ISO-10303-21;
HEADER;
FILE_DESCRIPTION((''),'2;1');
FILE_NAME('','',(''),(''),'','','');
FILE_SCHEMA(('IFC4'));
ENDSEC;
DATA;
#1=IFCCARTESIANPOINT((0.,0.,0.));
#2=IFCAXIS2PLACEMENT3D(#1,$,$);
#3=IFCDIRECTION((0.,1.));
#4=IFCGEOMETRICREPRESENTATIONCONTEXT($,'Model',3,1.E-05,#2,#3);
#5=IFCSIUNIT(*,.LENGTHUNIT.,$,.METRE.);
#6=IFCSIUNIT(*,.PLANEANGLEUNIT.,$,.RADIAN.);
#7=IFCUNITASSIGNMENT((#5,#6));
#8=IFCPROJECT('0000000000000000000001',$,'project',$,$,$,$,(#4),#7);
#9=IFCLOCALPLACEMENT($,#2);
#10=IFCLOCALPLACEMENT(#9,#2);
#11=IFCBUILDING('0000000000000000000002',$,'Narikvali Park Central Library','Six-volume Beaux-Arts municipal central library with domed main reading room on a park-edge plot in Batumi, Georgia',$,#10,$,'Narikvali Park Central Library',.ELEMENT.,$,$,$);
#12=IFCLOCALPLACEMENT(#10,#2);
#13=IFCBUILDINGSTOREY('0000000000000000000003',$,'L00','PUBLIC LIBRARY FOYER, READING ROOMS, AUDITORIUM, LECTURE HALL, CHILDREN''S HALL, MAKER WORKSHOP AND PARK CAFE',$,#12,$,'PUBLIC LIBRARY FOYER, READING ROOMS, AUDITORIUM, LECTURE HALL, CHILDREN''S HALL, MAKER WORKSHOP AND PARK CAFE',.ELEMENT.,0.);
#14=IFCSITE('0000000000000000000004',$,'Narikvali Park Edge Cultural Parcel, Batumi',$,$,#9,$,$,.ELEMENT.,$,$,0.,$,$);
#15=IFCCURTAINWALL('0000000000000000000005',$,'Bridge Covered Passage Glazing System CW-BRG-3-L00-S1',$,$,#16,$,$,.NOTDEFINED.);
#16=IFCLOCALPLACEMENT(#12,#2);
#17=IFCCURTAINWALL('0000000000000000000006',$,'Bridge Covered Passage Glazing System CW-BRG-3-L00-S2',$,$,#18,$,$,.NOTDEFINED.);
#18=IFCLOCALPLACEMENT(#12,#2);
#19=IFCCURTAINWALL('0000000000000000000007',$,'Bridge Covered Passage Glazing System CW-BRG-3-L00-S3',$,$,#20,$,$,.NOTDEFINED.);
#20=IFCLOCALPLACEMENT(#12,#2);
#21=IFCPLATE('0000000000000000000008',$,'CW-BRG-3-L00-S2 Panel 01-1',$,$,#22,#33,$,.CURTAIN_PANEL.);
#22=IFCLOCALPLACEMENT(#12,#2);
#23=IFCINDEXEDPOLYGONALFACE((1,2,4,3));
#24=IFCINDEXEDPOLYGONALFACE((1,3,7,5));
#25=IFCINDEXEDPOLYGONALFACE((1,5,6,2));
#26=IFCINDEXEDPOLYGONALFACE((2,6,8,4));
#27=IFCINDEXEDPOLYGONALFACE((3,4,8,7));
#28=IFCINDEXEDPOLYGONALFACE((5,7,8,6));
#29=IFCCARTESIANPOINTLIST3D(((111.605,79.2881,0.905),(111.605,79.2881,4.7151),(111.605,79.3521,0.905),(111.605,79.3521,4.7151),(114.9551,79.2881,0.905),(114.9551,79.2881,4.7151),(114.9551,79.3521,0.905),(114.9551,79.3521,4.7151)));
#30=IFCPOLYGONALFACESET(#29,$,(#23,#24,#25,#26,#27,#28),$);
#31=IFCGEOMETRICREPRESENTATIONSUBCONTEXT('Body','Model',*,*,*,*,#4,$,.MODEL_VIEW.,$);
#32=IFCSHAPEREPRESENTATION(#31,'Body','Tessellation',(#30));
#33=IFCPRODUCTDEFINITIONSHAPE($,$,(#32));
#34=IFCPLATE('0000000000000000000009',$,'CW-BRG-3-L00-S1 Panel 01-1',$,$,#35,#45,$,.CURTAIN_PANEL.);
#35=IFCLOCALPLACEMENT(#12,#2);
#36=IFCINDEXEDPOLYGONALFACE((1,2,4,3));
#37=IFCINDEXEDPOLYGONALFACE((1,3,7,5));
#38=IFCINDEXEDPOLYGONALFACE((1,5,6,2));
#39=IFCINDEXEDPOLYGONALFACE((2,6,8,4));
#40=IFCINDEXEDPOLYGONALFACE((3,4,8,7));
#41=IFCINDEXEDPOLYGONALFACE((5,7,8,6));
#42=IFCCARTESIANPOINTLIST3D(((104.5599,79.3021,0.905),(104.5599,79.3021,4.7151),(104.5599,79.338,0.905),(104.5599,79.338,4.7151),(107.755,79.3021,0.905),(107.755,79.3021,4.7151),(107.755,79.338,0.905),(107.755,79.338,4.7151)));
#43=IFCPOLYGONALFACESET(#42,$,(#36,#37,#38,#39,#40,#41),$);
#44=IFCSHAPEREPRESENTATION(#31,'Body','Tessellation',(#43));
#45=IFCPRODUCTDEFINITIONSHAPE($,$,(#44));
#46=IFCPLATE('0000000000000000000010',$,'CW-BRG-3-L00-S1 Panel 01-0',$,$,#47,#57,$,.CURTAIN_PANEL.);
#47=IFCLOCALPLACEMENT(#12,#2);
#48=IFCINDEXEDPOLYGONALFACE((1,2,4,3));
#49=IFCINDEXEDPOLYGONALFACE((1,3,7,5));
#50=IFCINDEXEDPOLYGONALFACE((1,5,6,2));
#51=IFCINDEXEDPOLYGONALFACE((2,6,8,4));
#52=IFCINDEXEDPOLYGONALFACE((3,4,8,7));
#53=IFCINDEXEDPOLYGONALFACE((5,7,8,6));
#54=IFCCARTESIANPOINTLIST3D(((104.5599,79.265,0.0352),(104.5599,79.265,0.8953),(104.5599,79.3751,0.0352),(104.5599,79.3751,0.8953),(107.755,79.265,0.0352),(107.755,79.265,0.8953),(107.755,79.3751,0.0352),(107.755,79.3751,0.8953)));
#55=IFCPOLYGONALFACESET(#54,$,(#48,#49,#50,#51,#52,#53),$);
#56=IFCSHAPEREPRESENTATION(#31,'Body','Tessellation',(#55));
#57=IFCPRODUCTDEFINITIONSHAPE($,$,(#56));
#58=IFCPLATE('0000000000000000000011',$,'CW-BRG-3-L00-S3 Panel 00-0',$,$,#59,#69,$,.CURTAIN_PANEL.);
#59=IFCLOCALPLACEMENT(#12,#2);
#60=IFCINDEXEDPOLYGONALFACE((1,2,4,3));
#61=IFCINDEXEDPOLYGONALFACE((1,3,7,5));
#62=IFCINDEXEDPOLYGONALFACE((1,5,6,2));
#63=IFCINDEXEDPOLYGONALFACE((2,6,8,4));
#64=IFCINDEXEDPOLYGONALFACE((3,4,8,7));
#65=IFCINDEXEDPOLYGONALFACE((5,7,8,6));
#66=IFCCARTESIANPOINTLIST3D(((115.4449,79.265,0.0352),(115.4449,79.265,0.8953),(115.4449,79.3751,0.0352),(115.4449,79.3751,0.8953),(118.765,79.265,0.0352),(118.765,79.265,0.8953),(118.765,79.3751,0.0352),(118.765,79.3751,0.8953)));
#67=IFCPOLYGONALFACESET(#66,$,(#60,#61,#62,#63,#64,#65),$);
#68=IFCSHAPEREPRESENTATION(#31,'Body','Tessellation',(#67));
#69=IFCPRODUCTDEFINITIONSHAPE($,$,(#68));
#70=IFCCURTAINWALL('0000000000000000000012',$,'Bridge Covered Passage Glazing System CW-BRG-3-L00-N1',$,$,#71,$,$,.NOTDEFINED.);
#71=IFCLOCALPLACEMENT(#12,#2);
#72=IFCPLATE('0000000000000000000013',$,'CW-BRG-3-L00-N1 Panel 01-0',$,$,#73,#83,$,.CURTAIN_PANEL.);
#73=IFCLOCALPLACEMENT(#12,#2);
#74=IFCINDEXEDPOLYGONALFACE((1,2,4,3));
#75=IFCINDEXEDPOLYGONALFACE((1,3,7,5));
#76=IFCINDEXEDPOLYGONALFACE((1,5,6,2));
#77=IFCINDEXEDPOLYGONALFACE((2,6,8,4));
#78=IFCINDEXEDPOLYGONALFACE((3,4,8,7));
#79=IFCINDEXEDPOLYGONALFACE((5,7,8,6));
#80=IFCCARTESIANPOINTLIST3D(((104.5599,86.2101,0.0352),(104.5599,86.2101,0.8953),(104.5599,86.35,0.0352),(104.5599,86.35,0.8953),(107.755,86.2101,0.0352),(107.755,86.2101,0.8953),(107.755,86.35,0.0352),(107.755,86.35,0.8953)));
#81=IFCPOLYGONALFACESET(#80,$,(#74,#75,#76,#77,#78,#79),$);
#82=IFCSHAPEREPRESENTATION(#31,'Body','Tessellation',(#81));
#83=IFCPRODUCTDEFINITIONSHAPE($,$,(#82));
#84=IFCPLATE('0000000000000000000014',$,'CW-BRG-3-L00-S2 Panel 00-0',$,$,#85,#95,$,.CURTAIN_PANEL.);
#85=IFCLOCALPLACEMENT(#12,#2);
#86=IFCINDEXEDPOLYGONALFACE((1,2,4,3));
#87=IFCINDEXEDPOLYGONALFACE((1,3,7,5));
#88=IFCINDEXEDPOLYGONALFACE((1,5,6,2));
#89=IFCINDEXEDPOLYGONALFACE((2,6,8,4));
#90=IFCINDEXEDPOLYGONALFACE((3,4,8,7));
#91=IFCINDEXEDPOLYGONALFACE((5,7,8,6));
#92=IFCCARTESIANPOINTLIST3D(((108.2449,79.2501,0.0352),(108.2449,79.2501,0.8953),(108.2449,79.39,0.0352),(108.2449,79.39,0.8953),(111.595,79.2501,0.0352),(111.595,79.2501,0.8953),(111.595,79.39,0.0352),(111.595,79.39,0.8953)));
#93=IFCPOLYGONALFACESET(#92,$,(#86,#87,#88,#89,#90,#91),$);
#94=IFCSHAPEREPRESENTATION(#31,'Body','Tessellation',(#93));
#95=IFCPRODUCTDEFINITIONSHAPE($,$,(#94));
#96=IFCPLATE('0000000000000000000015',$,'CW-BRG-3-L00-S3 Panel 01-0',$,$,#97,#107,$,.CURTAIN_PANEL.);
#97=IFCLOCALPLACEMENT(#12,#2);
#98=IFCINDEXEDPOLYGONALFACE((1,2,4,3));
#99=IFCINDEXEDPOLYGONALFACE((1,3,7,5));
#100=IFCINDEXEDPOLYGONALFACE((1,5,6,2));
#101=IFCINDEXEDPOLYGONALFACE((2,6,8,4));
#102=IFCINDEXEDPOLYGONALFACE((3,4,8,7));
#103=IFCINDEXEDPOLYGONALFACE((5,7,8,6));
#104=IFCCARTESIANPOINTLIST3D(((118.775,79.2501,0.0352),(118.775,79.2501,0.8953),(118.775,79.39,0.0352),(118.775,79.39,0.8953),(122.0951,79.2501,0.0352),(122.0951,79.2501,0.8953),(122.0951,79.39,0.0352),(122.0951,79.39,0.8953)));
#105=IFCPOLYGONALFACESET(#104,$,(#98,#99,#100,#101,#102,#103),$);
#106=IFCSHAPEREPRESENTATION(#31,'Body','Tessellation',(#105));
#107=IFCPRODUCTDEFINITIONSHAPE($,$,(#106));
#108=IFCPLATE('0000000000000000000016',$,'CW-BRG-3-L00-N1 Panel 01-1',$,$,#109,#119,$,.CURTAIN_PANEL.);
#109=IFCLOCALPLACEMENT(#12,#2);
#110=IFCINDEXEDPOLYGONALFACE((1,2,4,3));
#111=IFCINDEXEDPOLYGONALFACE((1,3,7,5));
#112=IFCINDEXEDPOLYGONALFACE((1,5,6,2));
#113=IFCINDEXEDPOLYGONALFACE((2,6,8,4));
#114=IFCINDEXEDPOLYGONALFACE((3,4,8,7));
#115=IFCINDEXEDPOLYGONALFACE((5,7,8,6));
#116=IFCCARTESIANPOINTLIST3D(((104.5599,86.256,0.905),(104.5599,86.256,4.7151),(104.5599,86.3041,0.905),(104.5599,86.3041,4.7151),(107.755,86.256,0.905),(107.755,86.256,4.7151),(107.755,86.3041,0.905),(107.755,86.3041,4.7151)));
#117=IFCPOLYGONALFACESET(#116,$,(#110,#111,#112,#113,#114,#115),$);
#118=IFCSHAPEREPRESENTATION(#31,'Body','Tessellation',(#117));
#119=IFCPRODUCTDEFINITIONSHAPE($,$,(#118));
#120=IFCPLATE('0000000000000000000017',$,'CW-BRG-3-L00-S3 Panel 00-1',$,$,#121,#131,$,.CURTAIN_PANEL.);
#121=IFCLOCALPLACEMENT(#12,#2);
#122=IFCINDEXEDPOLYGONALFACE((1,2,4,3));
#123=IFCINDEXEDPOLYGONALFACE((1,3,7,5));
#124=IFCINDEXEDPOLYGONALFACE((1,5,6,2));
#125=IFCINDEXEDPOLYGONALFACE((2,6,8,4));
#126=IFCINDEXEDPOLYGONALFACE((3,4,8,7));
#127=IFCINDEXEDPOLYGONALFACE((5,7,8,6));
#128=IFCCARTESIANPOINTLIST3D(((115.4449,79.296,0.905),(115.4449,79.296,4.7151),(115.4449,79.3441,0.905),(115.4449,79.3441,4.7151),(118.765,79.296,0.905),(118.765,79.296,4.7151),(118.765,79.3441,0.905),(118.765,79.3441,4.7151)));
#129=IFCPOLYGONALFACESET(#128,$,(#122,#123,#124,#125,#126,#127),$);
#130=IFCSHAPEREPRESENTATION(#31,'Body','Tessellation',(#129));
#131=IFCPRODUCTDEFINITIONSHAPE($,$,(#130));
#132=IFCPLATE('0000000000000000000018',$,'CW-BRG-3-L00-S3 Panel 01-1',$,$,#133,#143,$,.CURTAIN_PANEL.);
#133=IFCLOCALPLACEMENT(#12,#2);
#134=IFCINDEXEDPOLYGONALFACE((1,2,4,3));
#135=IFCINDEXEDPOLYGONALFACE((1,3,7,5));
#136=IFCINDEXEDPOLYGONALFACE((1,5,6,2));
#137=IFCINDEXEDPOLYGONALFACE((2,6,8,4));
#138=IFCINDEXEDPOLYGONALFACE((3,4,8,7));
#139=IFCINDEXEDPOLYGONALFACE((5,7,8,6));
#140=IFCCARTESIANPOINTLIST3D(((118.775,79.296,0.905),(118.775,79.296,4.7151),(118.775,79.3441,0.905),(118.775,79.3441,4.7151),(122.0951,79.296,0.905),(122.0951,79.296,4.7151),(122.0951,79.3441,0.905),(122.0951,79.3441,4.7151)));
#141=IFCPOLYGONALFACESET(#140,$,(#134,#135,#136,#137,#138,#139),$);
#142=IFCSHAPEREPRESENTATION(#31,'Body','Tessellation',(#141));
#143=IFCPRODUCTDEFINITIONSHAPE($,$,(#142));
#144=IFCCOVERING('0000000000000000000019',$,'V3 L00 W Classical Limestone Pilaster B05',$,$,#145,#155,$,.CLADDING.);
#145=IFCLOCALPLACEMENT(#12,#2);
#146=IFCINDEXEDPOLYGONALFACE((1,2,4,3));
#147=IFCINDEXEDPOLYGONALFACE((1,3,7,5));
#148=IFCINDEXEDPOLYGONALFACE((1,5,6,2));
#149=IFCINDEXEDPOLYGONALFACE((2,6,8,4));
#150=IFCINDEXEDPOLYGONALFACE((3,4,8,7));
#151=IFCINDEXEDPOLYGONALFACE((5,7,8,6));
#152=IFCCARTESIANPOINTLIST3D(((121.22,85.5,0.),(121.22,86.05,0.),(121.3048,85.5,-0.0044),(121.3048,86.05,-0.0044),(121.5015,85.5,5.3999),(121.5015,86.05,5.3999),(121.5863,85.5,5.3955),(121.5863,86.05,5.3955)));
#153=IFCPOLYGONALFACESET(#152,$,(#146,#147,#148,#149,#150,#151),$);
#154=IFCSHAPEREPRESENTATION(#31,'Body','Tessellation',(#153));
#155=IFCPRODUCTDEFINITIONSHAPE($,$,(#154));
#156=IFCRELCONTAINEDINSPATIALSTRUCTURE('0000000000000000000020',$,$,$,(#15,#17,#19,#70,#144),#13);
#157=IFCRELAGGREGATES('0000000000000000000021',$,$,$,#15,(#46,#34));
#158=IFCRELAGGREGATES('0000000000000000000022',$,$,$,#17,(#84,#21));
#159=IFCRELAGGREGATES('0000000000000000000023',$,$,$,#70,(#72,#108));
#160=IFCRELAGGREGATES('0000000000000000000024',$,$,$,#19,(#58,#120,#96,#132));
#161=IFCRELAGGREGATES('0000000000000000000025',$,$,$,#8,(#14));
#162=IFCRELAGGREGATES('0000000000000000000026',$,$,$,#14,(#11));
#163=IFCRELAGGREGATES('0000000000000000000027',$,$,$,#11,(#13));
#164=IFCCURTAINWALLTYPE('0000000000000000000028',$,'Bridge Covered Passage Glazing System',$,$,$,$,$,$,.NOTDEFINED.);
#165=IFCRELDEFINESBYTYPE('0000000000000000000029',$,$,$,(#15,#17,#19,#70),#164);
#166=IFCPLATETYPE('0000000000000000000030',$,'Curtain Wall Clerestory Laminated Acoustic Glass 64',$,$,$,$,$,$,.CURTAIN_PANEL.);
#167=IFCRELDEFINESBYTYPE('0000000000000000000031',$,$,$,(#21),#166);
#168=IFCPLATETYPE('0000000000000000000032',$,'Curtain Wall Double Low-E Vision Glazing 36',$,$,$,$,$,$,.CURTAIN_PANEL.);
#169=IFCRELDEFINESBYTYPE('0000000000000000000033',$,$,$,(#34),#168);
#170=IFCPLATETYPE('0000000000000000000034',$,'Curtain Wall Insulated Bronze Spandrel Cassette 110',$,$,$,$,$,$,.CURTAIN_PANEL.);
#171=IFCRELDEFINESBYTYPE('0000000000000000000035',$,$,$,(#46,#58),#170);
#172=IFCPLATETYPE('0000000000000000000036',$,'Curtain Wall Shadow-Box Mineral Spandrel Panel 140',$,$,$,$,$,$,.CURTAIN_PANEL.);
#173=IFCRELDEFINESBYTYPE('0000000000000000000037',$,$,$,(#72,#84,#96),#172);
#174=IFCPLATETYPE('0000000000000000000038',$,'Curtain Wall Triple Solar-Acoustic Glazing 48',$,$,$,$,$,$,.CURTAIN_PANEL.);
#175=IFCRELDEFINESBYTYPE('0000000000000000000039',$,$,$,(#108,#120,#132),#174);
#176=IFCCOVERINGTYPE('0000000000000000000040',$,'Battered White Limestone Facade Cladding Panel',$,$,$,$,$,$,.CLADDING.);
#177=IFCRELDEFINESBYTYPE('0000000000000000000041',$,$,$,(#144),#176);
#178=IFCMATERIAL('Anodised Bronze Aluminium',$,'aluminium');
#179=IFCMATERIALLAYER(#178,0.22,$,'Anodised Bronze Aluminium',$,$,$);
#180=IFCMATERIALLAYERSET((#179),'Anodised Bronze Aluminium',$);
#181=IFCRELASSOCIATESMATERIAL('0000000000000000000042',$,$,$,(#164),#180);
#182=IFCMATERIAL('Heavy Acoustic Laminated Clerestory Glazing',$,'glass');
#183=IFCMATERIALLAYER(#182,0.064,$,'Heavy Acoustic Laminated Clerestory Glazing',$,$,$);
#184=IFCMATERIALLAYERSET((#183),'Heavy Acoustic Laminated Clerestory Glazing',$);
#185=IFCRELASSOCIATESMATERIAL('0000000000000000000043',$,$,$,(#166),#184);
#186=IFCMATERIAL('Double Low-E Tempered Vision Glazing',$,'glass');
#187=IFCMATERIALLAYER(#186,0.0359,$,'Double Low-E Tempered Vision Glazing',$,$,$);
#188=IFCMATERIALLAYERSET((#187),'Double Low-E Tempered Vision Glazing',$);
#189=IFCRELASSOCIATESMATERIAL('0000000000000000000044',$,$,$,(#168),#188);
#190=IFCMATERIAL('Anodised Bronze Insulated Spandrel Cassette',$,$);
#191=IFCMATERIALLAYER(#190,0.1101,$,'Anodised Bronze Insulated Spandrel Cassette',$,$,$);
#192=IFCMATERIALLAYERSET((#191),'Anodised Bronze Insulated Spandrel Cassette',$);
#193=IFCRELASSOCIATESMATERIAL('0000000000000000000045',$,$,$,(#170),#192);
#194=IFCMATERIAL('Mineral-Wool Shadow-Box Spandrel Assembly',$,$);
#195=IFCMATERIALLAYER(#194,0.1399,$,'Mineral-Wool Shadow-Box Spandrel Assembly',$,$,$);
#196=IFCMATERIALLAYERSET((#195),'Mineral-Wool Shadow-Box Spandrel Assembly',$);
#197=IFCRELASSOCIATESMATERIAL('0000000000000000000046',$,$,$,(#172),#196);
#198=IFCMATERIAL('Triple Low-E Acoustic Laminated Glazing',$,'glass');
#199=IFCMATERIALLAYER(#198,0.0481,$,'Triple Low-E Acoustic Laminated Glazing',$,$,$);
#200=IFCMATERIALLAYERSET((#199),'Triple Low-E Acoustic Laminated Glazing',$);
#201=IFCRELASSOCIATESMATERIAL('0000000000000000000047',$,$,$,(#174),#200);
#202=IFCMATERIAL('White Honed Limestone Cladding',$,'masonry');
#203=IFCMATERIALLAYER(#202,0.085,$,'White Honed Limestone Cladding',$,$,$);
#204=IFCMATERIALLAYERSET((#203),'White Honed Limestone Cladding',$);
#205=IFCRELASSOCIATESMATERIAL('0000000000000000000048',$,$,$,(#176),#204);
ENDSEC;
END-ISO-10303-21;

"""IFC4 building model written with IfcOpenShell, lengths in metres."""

from ifc_helpers import new_model, si_unit, direction, frame, origin, origin_2d, place, context, subcontext, project, spatial, polyline, rectangle, outline, extrude, material, layer, layer_set, type_object, element, aggregate, save


model = new_model("IFC4")

# Units and contexts
model_context = context("Model", 3, precision=1e-05, world=origin(), true_north=direction((0.0, 1.0)))
body_context = subcontext(model_context, "Body", "Model", "MODEL_VIEW")
ifc_project = project(units=[si_unit("LENGTHUNIT", "METRE"), si_unit("PLANEANGLEUNIT", "RADIAN")], contexts=[model_context])

# Site, building, storey
site_placement = place(None, origin())
site = spatial("IfcSite", under=ifc_project, at=site_placement, Name="Narikvali Park Edge Cultural Parcel, Batumi", CompositionType="ELEMENT", RefElevation=0.0)
building_placement = place(site_placement, origin())
building = spatial("IfcBuilding", under=site, at=building_placement, Name="Narikvali Park Central Library", Description="Six-volume Beaux-Arts municipal central library with domed main reading room on a park-edge plot in Batumi, Georgia", LongName="Narikvali Park Central Library", CompositionType="ELEMENT")
storey_placement = place(building_placement, origin())
storey = spatial("IfcBuildingStorey", under=building, at=storey_placement, Name="L00", Description="PUBLIC LIBRARY FOYER, READING ROOMS, AUDITORIUM, LECTURE HALL, CHILDREN'S HALL, MAKER WORKSHOP AND PARK CAFE", LongName="PUBLIC LIBRARY FOYER, READING ROOMS, AUDITORIUM, LECTURE HALL, CHILDREN'S HALL, MAKER WORKSHOP AND PARK CAFE", CompositionType="ELEMENT", Elevation=0.0)

# Curtain wall
ifc_material_1 = material(Name="Anodised Bronze Aluminium", Category="aluminium")
ifc_layer_1 = layer(ifc_material_1, 0.22, Name="Anodised Bronze Aluminium")
ifc_layer_set_1 = layer_set([ifc_layer_1], Name="Anodised Bronze Aluminium")
curtain_wall_type = type_object("IfcCurtainWallType", Name="Bridge Covered Passage Glazing System", PredefinedType="NOTDEFINED", material=ifc_layer_set_1)
curtain_wall_1_placement = place(storey_placement, origin())
curtain_wall_1 = element("IfcCurtainWall", 1, at=curtain_wall_1_placement, inside=storey, type_object=curtain_wall_type, Name="Bridge Covered Passage Glazing System CW-BRG-3-L00-S1", PredefinedType="NOTDEFINED")

# Curtain walls
curtain_wall_2_placement = place(storey_placement, origin())
curtain_wall_2 = element("IfcCurtainWall", 2, at=curtain_wall_2_placement, inside=storey, type_object=curtain_wall_type, Name="Bridge Covered Passage Glazing System CW-BRG-3-L00-S2", PredefinedType="NOTDEFINED")
curtain_wall_3_placement = place(storey_placement, origin())
curtain_wall_3 = element("IfcCurtainWall", 3, at=curtain_wall_3_placement, inside=storey, type_object=curtain_wall_type, Name="Bridge Covered Passage Glazing System CW-BRG-3-L00-S3", PredefinedType="NOTDEFINED")

# Plates
ifc_material_2 = material(Name="Heavy Acoustic Laminated Clerestory Glazing", Category="glass")
ifc_layer_2 = layer(ifc_material_2, 0.064, Name="Heavy Acoustic Laminated Clerestory Glazing")
ifc_layer_set_2 = layer_set([ifc_layer_2], Name="Heavy Acoustic Laminated Clerestory Glazing")
plate_type_1 = type_object("IfcPlateType", Name="Curtain Wall Clerestory Laminated Acoustic Glass 64", PredefinedType="CURTAIN_PANEL", material=ifc_layer_set_2)
plate_1_placement = place(storey_placement, frame((113.28, 79.3201, 0.905), z_axis=(0.0, 0.0, 1.0), x_axis=(1.0, 0.0, 0.0)))
plate_1 = element("IfcPlate", 4, at=plate_1_placement, type_object=plate_type_1, Name="CW-BRG-3-L00-S2 Panel 01-1", PredefinedType="CURTAIN_PANEL", context=body_context, shape_type="SweptSolid", body=[
    extrude(rectangle(XDim=3.3501, YDim=0.064, at=origin_2d()), origin(), (0.0, 0.0, 1.0), 3.8101),
])
ifc_material_3 = material(Name="Double Low-E Tempered Vision Glazing", Category="glass")
ifc_layer_3 = layer(ifc_material_3, 0.0359, Name="Double Low-E Tempered Vision Glazing")
ifc_layer_set_3 = layer_set([ifc_layer_3], Name="Double Low-E Tempered Vision Glazing")
plate_type_2 = type_object("IfcPlateType", Name="Curtain Wall Double Low-E Vision Glazing 36", PredefinedType="CURTAIN_PANEL", material=ifc_layer_set_3)
plate_2_placement = place(storey_placement, frame((106.1575, 79.3201, 0.905), z_axis=(0.0, 0.0, 1.0), x_axis=(1.0, 0.0, 0.0)))
plate_2 = element("IfcPlate", 5, at=plate_2_placement, type_object=plate_type_2, Name="CW-BRG-3-L00-S1 Panel 01-1", PredefinedType="CURTAIN_PANEL", context=body_context, shape_type="SweptSolid", body=[
    extrude(rectangle(XDim=3.1951, YDim=0.0359, at=origin_2d()), origin(), (0.0, 0.0, 1.0), 3.8101),
])
ifc_material_4 = material(Name="Anodised Bronze Insulated Spandrel Cassette")
ifc_layer_4 = layer(ifc_material_4, 0.1101, Name="Anodised Bronze Insulated Spandrel Cassette")
ifc_layer_set_4 = layer_set([ifc_layer_4], Name="Anodised Bronze Insulated Spandrel Cassette")
plate_type_3 = type_object("IfcPlateType", Name="Curtain Wall Insulated Bronze Spandrel Cassette 110", PredefinedType="CURTAIN_PANEL", material=ifc_layer_set_4)
plate_3_placement = place(storey_placement, frame((106.1575, 79.3201, 0.0352), z_axis=(0.0, 0.0, 1.0), x_axis=(1.0, 0.0, 0.0)))
plate_3 = element("IfcPlate", 6, at=plate_3_placement, type_object=plate_type_3, Name="CW-BRG-3-L00-S1 Panel 01-0", PredefinedType="CURTAIN_PANEL", context=body_context, shape_type="SweptSolid", body=[
    extrude(rectangle(XDim=3.1951, YDim=0.1101, at=origin_2d()), origin(), (0.0, 0.0, 1.0), 0.8601),
])
aggregate(curtain_wall_1, [plate_3, plate_2])
plate_4_placement = place(storey_placement, frame((117.105, 79.3201, 0.0352), z_axis=(0.0, 0.0, 1.0), x_axis=(1.0, 0.0, 0.0)))
plate_4 = element("IfcPlate", 7, at=plate_4_placement, type_object=plate_type_3, Name="CW-BRG-3-L00-S3 Panel 00-0", PredefinedType="CURTAIN_PANEL", context=body_context, shape_type="SweptSolid", body=[
    extrude(rectangle(XDim=3.3201, YDim=0.1101, at=origin_2d()), origin(), (0.0, 0.0, 1.0), 0.8601),
])

# Curtain wall, plate
curtain_wall_4_placement = place(storey_placement, origin())
curtain_wall_4 = element("IfcCurtainWall", 8, at=curtain_wall_4_placement, inside=storey, type_object=curtain_wall_type, Name="Bridge Covered Passage Glazing System CW-BRG-3-L00-N1", PredefinedType="NOTDEFINED")
ifc_material_5 = material(Name="Mineral-Wool Shadow-Box Spandrel Assembly")
ifc_layer_5 = layer(ifc_material_5, 0.1399, Name="Mineral-Wool Shadow-Box Spandrel Assembly")
ifc_layer_set_5 = layer_set([ifc_layer_5], Name="Mineral-Wool Shadow-Box Spandrel Assembly")
plate_type_4 = type_object("IfcPlateType", Name="Curtain Wall Shadow-Box Mineral Spandrel Panel 140", PredefinedType="CURTAIN_PANEL", material=ifc_layer_set_5)
plate_5_placement = place(storey_placement, frame((106.1575, 86.28, 0.0352), z_axis=(0.0, 0.0, 1.0), x_axis=(1.0, 0.0, 0.0)))
plate_5 = element("IfcPlate", 9, at=plate_5_placement, type_object=plate_type_4, Name="CW-BRG-3-L00-N1 Panel 01-0", PredefinedType="CURTAIN_PANEL", context=body_context, shape_type="SweptSolid", body=[
    extrude(rectangle(XDim=3.1951, YDim=0.1399, at=origin_2d()), origin(), (0.0, 0.0, 1.0), 0.8601),
])

# Plates
plate_6_placement = place(storey_placement, frame((109.9199, 79.3201, 0.0352), z_axis=(0.0, 0.0, 1.0), x_axis=(1.0, 0.0, 0.0)))
plate_6 = element("IfcPlate", 10, at=plate_6_placement, type_object=plate_type_4, Name="CW-BRG-3-L00-S2 Panel 00-0", PredefinedType="CURTAIN_PANEL", context=body_context, shape_type="SweptSolid", body=[
    extrude(rectangle(XDim=3.3501, YDim=0.1399, at=origin_2d()), origin(), (0.0, 0.0, 1.0), 0.8601),
])
aggregate(curtain_wall_2, [plate_6, plate_1])
plate_7_placement = place(storey_placement, frame((120.4351, 79.3201, 0.0352), z_axis=(0.0, 0.0, 1.0), x_axis=(1.0, 0.0, 0.0)))
plate_7 = element("IfcPlate", 11, at=plate_7_placement, type_object=plate_type_4, Name="CW-BRG-3-L00-S3 Panel 01-0", PredefinedType="CURTAIN_PANEL", context=body_context, shape_type="SweptSolid", body=[
    extrude(rectangle(XDim=3.3201, YDim=0.1399, at=origin_2d()), origin(), (0.0, 0.0, 1.0), 0.8601),
])
ifc_material_6 = material(Name="Triple Low-E Acoustic Laminated Glazing", Category="glass")
ifc_layer_6 = layer(ifc_material_6, 0.0481, Name="Triple Low-E Acoustic Laminated Glazing")
ifc_layer_set_6 = layer_set([ifc_layer_6], Name="Triple Low-E Acoustic Laminated Glazing")
plate_type_5 = type_object("IfcPlateType", Name="Curtain Wall Triple Solar-Acoustic Glazing 48", PredefinedType="CURTAIN_PANEL", material=ifc_layer_set_6)
plate_8_placement = place(storey_placement, frame((106.1575, 86.28, 0.905), z_axis=(0.0, 0.0, 1.0), x_axis=(1.0, 0.0, 0.0)))
plate_8 = element("IfcPlate", 12, at=plate_8_placement, type_object=plate_type_5, Name="CW-BRG-3-L00-N1 Panel 01-1", PredefinedType="CURTAIN_PANEL", context=body_context, shape_type="SweptSolid", body=[
    extrude(rectangle(XDim=3.1951, YDim=0.0481, at=origin_2d()), origin(), (0.0, 0.0, 1.0), 3.8101),
])
aggregate(curtain_wall_4, [plate_5, plate_8])
plate_9_placement = place(storey_placement, frame((117.105, 79.3201, 0.905), z_axis=(0.0, 0.0, 1.0), x_axis=(1.0, 0.0, 0.0)))
plate_9 = element("IfcPlate", 13, at=plate_9_placement, type_object=plate_type_5, Name="CW-BRG-3-L00-S3 Panel 00-1", PredefinedType="CURTAIN_PANEL", context=body_context, shape_type="SweptSolid", body=[
    extrude(rectangle(XDim=3.3201, YDim=0.0481, at=origin_2d()), origin(), (0.0, 0.0, 1.0), 3.8101),
])
plate_10_placement = place(storey_placement, frame((120.4351, 79.3201, 0.905), z_axis=(0.0, 0.0, 1.0), x_axis=(1.0, 0.0, 0.0)))
plate_10 = element("IfcPlate", 14, at=plate_10_placement, type_object=plate_type_5, Name="CW-BRG-3-L00-S3 Panel 01-1", PredefinedType="CURTAIN_PANEL", context=body_context, shape_type="SweptSolid", body=[
    extrude(rectangle(XDim=3.3201, YDim=0.0481, at=origin_2d()), origin(), (0.0, 0.0, 1.0), 3.8101),
])
aggregate(curtain_wall_3, [plate_4, plate_9, plate_7, plate_10])

# Covering
ifc_material_7 = material(Name="White Honed Limestone Cladding", Category="masonry")
ifc_layer_7 = layer(ifc_material_7, 0.085, Name="White Honed Limestone Cladding")
ifc_layer_set_7 = layer_set([ifc_layer_7], Name="White Honed Limestone Cladding")
covering_type = type_object("IfcCoveringType", Name="Battered White Limestone Facade Cladding Panel", PredefinedType="CLADDING", material=ifc_layer_set_7)
covering_placement = place(storey_placement, frame((121.22, 86.05, 0.0), z_axis=(-0.998644, 0.0, 0.052059), x_axis=(0.0, -1.0, 0.0)))
element("IfcCovering", 15, at=covering_placement, inside=storey, type_object=covering_type, Name="V3 L00 W Classical Limestone Pilaster B05", PredefinedType="CLADDING", context=body_context, shape_type="SweptSolid", body=[
    extrude(outline(polyline([(0.0, 0.0), (0.55, 0.0), (0.55, 5.4072), (0.0, 5.4072), (0.0, 0.0)])), origin(), (0.0, 0.0, -1.0), 0.085),
])

save(model, "model.ifc")
